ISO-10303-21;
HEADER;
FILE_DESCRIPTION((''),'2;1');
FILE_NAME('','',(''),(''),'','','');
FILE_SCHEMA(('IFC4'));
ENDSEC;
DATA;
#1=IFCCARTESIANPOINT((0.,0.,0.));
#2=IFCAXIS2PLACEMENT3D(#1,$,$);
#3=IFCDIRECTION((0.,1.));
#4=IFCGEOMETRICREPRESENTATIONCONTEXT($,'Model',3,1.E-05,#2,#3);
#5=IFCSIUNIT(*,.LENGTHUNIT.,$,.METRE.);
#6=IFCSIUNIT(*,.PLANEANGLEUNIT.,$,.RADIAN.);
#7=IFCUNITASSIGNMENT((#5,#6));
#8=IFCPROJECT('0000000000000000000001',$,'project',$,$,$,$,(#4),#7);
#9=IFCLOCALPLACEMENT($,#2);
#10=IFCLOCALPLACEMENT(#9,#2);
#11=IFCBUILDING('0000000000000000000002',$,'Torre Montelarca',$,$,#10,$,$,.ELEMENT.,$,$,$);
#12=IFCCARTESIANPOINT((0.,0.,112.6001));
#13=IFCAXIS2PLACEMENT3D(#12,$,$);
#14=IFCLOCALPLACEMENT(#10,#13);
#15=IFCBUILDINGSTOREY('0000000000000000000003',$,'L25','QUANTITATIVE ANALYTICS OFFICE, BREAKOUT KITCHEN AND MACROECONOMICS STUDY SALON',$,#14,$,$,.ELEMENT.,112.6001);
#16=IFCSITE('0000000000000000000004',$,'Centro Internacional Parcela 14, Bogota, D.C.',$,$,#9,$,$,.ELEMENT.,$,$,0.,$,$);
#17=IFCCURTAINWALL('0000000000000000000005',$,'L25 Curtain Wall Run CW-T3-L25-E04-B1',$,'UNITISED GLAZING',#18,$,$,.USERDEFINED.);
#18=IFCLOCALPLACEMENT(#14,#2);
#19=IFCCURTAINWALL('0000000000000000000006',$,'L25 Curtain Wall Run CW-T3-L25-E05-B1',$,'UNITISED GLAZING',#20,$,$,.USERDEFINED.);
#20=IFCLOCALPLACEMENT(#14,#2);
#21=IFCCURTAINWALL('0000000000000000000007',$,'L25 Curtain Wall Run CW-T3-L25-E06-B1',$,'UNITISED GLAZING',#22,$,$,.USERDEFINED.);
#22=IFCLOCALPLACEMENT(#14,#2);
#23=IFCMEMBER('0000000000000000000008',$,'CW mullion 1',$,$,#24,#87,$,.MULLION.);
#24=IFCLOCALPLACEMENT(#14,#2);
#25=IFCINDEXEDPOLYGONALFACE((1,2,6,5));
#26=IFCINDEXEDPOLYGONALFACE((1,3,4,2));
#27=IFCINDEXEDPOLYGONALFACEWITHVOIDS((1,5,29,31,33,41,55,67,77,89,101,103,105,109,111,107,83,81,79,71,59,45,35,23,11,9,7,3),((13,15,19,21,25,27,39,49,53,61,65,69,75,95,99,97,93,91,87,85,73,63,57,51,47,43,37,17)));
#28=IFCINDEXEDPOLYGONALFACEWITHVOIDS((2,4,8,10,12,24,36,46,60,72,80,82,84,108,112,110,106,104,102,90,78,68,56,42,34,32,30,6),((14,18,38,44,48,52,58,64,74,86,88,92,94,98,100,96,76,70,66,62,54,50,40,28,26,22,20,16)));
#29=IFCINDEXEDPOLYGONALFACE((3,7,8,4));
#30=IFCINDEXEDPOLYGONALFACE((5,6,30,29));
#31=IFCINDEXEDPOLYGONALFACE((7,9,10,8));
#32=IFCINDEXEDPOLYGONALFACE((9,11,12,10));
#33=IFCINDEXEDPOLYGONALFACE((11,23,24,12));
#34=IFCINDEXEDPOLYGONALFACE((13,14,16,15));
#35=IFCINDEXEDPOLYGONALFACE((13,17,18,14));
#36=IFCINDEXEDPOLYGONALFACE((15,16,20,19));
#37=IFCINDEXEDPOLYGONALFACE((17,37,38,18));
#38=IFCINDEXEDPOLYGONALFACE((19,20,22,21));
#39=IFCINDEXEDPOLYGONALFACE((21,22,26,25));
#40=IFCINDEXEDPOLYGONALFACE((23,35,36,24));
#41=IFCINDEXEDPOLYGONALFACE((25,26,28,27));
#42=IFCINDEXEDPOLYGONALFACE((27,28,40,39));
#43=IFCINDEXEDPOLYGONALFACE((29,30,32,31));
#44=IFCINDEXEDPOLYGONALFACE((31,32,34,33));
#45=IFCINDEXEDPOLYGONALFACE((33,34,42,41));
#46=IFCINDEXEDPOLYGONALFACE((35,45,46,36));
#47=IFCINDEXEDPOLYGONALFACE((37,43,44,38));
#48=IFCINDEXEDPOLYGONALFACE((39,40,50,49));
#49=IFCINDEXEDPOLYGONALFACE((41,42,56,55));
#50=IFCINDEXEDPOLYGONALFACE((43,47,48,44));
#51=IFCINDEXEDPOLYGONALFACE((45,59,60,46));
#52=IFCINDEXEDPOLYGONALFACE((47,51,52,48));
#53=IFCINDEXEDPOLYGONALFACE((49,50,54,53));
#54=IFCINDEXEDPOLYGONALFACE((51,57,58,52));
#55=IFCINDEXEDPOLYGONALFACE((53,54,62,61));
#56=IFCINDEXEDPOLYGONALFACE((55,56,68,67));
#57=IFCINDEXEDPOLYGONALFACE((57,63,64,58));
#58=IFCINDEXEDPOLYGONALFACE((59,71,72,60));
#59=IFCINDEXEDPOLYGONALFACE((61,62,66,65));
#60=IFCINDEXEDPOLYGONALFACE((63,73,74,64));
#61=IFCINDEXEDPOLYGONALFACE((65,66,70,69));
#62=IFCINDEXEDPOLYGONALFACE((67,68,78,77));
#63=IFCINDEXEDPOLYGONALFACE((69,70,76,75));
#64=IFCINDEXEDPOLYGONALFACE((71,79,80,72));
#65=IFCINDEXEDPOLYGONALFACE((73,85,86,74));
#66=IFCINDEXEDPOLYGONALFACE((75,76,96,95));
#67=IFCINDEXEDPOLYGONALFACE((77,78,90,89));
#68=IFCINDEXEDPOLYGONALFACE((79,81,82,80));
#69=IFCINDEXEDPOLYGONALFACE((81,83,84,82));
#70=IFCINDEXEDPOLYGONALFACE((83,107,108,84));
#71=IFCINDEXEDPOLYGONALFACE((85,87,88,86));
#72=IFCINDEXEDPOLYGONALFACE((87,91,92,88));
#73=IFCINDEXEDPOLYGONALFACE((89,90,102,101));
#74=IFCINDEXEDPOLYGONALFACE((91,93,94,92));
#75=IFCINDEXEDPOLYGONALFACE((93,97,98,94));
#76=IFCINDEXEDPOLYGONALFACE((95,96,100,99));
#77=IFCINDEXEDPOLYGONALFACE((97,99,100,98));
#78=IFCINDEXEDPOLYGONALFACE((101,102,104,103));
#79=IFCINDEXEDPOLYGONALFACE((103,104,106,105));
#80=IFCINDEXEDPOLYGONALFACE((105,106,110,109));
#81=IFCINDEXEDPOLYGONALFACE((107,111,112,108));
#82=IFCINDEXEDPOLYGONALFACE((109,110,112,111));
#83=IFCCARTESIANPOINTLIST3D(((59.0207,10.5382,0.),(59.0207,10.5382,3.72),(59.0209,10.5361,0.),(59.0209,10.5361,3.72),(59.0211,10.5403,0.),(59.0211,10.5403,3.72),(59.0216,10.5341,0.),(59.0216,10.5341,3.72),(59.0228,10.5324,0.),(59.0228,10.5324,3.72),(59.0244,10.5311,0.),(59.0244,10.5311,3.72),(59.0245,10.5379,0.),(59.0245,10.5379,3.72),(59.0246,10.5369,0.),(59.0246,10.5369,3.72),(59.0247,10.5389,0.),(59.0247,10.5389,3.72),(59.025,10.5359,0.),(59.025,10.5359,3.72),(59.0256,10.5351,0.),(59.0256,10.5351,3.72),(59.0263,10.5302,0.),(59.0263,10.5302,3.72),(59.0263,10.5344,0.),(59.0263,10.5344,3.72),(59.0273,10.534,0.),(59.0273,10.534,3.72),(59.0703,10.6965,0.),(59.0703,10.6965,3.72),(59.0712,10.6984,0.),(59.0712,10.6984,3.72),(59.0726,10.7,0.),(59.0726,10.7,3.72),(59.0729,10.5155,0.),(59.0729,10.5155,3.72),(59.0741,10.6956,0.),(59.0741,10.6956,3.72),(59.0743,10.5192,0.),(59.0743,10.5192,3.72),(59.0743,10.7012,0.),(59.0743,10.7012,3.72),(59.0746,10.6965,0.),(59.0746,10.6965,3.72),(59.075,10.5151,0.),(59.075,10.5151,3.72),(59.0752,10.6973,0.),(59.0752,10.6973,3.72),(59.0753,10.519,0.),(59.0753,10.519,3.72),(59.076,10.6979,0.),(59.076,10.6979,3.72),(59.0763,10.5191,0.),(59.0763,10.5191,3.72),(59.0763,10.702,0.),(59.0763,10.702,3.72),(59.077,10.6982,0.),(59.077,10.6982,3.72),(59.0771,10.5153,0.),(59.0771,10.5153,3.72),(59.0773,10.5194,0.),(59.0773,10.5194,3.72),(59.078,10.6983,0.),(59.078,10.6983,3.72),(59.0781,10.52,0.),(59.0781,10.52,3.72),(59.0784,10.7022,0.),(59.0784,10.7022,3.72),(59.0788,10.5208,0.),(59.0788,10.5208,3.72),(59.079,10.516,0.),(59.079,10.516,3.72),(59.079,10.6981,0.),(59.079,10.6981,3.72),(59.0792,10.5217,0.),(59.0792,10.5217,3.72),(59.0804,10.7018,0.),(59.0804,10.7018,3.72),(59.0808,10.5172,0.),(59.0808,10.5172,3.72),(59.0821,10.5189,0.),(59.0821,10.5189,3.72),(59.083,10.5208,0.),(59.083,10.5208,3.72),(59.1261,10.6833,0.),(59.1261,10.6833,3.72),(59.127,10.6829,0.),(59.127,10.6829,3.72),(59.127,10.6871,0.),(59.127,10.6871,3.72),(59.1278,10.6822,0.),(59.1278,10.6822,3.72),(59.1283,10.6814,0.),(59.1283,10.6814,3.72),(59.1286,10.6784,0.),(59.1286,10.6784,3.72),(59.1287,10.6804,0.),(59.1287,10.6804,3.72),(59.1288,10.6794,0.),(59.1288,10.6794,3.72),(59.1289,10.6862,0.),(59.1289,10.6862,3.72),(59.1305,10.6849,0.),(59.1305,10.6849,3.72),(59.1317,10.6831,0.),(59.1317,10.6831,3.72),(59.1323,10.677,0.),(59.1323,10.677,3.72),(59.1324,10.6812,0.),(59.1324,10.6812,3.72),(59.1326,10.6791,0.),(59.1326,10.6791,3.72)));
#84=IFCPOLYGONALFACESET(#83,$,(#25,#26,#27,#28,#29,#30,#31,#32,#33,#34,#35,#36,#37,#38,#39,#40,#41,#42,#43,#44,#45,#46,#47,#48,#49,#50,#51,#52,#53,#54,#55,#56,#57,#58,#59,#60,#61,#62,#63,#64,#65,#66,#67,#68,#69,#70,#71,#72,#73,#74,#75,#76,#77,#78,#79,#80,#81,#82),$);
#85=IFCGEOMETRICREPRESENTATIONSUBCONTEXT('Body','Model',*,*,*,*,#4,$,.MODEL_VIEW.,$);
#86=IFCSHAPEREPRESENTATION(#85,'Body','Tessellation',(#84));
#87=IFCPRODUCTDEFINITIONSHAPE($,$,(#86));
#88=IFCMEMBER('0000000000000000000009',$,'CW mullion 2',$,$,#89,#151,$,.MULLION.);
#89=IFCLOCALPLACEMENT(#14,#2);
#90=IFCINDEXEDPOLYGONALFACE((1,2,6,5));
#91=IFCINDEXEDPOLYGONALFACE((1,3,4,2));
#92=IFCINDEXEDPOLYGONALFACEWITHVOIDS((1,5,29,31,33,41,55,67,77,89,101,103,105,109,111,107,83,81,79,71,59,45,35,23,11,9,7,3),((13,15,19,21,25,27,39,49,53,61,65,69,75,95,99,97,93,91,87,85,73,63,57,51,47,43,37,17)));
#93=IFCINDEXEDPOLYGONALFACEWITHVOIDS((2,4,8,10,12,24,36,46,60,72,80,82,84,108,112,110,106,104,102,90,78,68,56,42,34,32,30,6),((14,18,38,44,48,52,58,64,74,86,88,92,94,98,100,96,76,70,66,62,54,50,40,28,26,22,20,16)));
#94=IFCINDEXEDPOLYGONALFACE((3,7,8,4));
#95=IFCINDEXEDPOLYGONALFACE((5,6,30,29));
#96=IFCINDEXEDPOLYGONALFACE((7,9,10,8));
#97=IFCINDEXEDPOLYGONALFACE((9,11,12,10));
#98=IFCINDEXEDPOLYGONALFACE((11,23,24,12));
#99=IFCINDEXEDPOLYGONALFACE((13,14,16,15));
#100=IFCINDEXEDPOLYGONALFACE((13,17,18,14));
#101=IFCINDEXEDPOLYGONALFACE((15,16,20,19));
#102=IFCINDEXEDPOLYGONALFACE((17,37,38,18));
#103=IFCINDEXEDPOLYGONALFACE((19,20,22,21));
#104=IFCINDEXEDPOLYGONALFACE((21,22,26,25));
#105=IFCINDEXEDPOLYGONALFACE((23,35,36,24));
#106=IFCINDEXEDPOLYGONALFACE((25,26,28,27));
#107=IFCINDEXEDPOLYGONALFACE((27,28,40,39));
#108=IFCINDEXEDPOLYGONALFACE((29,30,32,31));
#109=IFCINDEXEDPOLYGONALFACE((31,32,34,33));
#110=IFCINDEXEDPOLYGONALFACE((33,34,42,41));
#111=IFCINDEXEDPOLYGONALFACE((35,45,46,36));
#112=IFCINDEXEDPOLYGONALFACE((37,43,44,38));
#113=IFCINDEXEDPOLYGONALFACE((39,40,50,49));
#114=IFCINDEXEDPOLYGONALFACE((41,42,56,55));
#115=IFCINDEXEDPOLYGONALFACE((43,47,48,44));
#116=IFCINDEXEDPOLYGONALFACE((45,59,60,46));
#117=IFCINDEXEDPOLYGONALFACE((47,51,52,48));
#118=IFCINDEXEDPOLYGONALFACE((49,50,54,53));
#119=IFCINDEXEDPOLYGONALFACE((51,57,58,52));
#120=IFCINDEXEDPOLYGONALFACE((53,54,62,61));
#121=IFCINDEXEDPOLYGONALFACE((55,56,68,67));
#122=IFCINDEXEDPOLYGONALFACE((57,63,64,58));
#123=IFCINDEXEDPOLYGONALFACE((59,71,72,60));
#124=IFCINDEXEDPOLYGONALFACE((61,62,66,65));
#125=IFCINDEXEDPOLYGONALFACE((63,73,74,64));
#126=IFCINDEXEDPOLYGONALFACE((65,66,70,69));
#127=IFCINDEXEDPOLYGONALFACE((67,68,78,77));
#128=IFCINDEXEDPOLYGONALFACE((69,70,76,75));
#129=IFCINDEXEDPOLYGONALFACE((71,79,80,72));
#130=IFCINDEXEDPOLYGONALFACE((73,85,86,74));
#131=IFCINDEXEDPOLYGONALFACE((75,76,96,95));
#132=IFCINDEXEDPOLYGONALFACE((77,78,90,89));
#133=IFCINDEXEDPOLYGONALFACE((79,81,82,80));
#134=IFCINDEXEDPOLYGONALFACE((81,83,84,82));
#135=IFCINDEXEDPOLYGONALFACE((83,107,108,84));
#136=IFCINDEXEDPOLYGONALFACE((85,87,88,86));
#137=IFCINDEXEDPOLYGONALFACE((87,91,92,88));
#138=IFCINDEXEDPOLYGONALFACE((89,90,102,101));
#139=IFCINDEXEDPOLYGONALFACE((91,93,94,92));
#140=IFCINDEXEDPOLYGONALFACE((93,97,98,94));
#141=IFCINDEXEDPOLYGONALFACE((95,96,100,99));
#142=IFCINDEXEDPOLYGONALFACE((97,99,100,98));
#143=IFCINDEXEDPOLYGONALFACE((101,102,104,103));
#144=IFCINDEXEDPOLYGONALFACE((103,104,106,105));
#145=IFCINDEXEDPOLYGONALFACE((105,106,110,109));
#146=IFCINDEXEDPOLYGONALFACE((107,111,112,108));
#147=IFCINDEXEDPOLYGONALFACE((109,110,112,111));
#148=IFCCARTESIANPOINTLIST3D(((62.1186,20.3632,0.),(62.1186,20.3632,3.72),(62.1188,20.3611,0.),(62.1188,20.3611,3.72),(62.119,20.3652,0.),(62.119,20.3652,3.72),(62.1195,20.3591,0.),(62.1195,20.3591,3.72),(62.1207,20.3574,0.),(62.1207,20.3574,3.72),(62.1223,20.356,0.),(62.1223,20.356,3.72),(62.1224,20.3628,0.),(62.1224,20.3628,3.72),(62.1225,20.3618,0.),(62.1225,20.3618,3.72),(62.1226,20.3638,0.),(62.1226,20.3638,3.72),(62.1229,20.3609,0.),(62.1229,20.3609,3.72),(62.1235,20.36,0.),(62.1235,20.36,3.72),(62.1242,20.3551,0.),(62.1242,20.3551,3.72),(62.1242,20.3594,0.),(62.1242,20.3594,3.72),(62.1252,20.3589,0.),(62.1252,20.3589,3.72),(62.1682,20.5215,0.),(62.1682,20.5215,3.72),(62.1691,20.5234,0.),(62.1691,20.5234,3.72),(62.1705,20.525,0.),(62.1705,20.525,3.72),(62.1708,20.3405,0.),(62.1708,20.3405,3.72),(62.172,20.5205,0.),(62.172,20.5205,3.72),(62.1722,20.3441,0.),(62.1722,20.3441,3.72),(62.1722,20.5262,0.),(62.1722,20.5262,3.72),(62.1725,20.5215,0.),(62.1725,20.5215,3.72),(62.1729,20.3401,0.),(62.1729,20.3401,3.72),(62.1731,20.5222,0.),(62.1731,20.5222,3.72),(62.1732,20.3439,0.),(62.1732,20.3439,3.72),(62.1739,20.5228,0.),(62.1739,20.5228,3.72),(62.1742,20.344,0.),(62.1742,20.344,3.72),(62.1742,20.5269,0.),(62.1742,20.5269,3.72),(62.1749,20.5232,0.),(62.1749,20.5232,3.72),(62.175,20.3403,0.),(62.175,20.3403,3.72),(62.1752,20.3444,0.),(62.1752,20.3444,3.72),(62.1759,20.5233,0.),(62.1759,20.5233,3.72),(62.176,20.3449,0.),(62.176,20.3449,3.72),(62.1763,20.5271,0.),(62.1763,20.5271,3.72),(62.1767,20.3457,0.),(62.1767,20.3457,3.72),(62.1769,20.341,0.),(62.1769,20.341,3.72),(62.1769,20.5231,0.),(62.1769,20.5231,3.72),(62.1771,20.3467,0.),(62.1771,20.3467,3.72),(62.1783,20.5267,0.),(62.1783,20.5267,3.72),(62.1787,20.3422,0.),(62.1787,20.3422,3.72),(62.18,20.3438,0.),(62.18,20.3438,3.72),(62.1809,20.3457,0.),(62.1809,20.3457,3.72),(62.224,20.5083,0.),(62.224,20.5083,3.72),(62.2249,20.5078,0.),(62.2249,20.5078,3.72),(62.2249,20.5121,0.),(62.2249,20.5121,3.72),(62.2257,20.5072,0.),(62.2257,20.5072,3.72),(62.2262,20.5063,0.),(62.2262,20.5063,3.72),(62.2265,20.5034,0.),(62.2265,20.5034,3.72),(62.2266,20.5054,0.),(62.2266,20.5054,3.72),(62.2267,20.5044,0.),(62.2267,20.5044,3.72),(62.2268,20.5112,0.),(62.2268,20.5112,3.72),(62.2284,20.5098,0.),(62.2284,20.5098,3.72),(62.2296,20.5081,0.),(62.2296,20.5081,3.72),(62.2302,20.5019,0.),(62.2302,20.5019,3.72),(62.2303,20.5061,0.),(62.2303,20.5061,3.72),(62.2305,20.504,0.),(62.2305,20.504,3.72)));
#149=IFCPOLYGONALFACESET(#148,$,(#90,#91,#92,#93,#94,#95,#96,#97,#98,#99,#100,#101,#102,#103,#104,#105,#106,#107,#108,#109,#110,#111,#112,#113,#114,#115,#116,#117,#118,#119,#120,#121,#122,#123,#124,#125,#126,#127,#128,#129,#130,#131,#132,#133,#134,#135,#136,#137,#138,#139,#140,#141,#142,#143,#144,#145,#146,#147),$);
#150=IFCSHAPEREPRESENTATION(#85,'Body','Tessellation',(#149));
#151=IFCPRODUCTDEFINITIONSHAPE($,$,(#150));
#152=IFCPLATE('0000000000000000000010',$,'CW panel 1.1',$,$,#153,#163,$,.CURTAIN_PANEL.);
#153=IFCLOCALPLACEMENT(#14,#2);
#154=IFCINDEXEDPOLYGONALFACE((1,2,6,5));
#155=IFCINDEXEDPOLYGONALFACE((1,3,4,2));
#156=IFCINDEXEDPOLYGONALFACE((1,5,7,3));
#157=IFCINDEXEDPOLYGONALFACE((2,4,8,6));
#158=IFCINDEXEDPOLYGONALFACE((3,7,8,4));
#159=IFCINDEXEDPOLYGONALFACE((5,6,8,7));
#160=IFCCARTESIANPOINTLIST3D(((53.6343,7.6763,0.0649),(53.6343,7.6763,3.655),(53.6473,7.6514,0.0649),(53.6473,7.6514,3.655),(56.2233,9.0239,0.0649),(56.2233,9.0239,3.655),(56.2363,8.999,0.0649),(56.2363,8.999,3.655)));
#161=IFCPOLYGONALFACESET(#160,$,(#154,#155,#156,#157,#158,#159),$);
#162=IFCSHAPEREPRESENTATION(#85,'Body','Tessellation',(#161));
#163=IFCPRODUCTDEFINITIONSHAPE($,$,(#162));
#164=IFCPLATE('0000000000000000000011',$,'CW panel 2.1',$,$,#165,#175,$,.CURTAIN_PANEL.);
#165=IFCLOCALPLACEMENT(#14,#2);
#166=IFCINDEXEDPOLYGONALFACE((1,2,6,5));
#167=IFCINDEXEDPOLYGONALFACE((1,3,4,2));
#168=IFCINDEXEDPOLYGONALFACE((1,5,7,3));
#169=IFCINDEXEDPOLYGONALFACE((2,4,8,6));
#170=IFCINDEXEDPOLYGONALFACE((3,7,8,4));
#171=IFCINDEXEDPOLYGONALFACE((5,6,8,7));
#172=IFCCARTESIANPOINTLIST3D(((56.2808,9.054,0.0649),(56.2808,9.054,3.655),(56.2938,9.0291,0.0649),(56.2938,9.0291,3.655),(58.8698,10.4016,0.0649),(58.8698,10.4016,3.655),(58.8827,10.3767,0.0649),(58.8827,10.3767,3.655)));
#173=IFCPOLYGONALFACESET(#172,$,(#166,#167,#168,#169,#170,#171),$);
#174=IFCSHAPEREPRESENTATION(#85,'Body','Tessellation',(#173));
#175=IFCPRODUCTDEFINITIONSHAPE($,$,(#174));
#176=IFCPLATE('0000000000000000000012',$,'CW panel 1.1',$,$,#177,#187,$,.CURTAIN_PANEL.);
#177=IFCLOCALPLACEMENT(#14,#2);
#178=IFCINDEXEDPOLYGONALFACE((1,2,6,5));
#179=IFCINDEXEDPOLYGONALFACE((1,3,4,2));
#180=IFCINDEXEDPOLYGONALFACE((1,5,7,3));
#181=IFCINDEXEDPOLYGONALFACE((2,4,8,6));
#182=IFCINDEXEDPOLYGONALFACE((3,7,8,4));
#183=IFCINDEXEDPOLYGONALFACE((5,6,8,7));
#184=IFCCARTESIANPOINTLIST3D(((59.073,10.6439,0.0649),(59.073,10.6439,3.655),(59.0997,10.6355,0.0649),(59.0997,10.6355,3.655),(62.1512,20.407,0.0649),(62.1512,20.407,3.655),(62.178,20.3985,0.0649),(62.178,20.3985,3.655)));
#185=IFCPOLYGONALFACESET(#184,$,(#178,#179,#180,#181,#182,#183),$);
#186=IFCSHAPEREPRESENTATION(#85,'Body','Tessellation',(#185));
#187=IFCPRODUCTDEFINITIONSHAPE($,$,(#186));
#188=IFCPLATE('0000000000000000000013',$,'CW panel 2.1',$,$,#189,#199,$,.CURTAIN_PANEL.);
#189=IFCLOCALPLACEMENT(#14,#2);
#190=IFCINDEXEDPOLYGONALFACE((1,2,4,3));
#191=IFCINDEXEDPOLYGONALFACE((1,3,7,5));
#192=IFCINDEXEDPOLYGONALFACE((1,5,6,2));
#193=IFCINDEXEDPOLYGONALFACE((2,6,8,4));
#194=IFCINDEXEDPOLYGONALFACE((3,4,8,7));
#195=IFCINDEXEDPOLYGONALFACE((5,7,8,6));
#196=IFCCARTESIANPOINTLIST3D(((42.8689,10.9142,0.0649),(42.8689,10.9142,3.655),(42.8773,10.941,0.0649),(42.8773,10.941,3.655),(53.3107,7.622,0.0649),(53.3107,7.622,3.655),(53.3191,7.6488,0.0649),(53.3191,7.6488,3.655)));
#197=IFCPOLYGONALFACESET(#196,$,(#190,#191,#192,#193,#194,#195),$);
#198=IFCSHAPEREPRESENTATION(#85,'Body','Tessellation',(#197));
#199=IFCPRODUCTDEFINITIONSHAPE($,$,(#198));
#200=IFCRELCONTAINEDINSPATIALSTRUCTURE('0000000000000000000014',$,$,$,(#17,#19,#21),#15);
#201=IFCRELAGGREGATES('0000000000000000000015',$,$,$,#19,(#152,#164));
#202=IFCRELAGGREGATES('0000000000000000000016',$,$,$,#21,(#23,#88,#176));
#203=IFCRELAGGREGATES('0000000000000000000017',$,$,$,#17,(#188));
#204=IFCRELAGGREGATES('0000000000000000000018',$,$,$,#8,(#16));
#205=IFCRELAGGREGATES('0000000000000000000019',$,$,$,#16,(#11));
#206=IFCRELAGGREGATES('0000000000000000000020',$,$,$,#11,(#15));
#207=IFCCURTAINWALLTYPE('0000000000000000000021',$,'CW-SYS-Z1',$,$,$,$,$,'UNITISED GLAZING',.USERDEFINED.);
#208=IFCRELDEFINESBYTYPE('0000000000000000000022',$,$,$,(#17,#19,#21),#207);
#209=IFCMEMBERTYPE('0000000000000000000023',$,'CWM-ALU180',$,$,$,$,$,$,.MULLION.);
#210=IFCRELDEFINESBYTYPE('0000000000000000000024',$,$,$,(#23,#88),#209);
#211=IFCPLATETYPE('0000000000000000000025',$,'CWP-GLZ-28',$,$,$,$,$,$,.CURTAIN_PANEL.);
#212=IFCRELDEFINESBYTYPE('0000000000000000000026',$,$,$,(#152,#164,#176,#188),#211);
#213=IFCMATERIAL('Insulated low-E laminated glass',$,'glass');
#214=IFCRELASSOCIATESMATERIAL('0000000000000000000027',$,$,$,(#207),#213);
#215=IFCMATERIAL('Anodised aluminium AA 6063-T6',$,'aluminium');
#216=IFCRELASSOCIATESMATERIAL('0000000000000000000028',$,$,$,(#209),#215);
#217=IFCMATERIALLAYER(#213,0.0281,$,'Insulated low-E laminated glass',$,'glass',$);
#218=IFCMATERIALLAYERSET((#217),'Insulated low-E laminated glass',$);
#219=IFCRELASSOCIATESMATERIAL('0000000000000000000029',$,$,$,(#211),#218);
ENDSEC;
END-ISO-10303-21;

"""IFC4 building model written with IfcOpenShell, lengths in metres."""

from ifc_helpers import new_model, si_unit, direction, frame, origin, origin_2d, place, context, subcontext, project, spatial, rectangle, hollow_rectangle, extrude, source, transform, mapped, material, layer, layer_set, material_profile, profile_set, type_object, element, aggregate, save


model = new_model("IFC4")

# Units and contexts
model_context = context("Model", 3, precision=1e-05, world=origin(), true_north=direction((0.0, 1.0)))
body_context = subcontext(model_context, "Body", "Model", "MODEL_VIEW")
ifc_project = project(units=[si_unit("LENGTHUNIT", "METRE"), si_unit("PLANEANGLEUNIT", "RADIAN")], contexts=[model_context])

# Site, building, storey
site_placement = place(None, origin())
site = spatial("IfcSite", under=ifc_project, at=site_placement, Name="Centro Internacional Parcela 14, Bogota, D.C.", CompositionType="ELEMENT", RefElevation=0.0)
building_placement = place(site_placement, origin())
building = spatial("IfcBuilding", under=site, at=building_placement, Name="Torre Montelarca", CompositionType="ELEMENT")
storey_placement = place(building_placement, frame((0.0, 0.0, 112.6001)))
storey = spatial("IfcBuildingStorey", under=building, at=storey_placement, Name="L25", Description="QUANTITATIVE ANALYTICS OFFICE, BREAKOUT KITCHEN AND MACROECONOMICS STUDY SALON", CompositionType="ELEMENT", Elevation=112.6001)

# Curtain walls
ifc_material_1 = material(Name="Insulated low-E laminated glass", Category="glass")
curtain_wall_type = type_object("IfcCurtainWallType", Name="CW-SYS-Z1", ElementType="UNITISED GLAZING", PredefinedType="USERDEFINED", material=ifc_material_1)
curtain_wall_1_placement = place(storey_placement, origin())
curtain_wall_1 = element("IfcCurtainWall", 1, at=curtain_wall_1_placement, inside=storey, type_object=curtain_wall_type, Name="L25 Curtain Wall Run CW-T3-L25-E04-B1", ObjectType="UNITISED GLAZING", PredefinedType="USERDEFINED")
ifc_material_2 = material(Name="Anodised aluminium AA 6063-T6", Category="aluminium")
curtain_wall_2_placement = place(storey_placement, origin())
curtain_wall_2 = element("IfcCurtainWall", 2, at=curtain_wall_2_placement, inside=storey, type_object=curtain_wall_type, Name="L25 Curtain Wall Run CW-T3-L25-E05-B1", ObjectType="UNITISED GLAZING", PredefinedType="USERDEFINED")
curtain_wall_3_placement = place(storey_placement, origin())
curtain_wall_3 = element("IfcCurtainWall", 3, at=curtain_wall_3_placement, inside=storey, type_object=curtain_wall_type, Name="L25 Curtain Wall Run CW-T3-L25-E06-B1", ObjectType="UNITISED GLAZING", PredefinedType="USERDEFINED")

# Members
ifc_material_profile_1 = material_profile(ifc_material_2, hollow_rectangle(XDim=0.0649, YDim=0.1799, WallThickness=0.0039, InnerFilletRadius=0.0039, OuterFilletRadius=0.0081, at=origin_2d()), Name="ALU65X180X4", Category="aluminium")
ifc_profile_set_1 = profile_set([ifc_material_profile_1], Name="Anodised aluminium AA 6063-T6")
member_type_1 = type_object("IfcMemberType", Name="CWM-ALU180", PredefinedType="MULLION", material=ifc_profile_set_1)
shared_shape_1 = source(origin(), body_context, "Body", "SweptSolid", [
    extrude(hollow_rectangle(XDim=0.0649, YDim=0.1799, WallThickness=0.0039, InnerFilletRadius=0.0039, OuterFilletRadius=0.0081, at=origin_2d()), origin(), (0.0, 0.0, 1.0), 3.72),
])
member_1_placement = place(storey_placement, frame((59.0767, 10.6086, 0.0), z_axis=(0.0, 0.0, 1.0), x_axis=(-0.953717, 0.300706, 0.0)))
member_1 = element("IfcMember", 4, at=member_1_placement, type_object=member_type_1, Name="CW mullion 1", PredefinedType="MULLION", context=body_context, shape_type="MappedRepresentation", body=[
    mapped(shared_shape_1, transform((0.0, 0.0, 0.0), scale=1.0)),
])
member_2_placement = place(storey_placement, frame((62.1746, 20.4336, 0.0), z_axis=(0.0, 0.0, 1.0), x_axis=(-0.953717, 0.300706, 0.0)))
member_2 = element("IfcMember", 5, at=member_2_placement, type_object=member_type_1, Name="CW mullion 2", PredefinedType="MULLION", context=body_context, shape_type="MappedRepresentation", body=[
    mapped(shared_shape_1, transform((0.0, 0.0, 0.0), scale=1.0)),
])

# Plates
ifc_layer_1 = layer(ifc_material_1, 0.0281, Name="Insulated low-E laminated glass", Category="glass")
ifc_layer_set_1 = layer_set([ifc_layer_1], Name="Insulated low-E laminated glass")
plate_type = type_object("IfcPlateType", Name="CWP-GLZ-28", PredefinedType="CURTAIN_PANEL", material=ifc_layer_set_1)
shared_shape_2 = source(origin(), body_context, "Body", "SweptSolid", [
    extrude(rectangle(XDim=2.9187, YDim=0.0281, at=origin_2d()), origin(), (0.0, 0.0, 1.0), 3.5901),
])
plate_1_placement = place(storey_placement, frame((54.9353, 8.3376, 0.0649), z_axis=(0.0, 0.0, 1.0), x_axis=(0.887021, 0.461729, 0.0)))
plate_1 = element("IfcPlate", 6, at=plate_1_placement, type_object=plate_type, Name="CW panel 1.1", PredefinedType="CURTAIN_PANEL", context=body_context, shape_type="MappedRepresentation", body=[
    mapped(shared_shape_2, transform((0.0, 0.0, 0.0), scale=1.0)),
])
plate_2_placement = place(storey_placement, frame((57.5818, 9.7153, 0.0649), z_axis=(0.0, 0.0, 1.0), x_axis=(0.887021, 0.461729, 0.0)))
plate_2 = element("IfcPlate", 7, at=plate_2_placement, type_object=plate_type, Name="CW panel 2.1", PredefinedType="CURTAIN_PANEL", context=body_context, shape_type="MappedRepresentation", body=[
    mapped(shared_shape_2, transform((0.0, 0.0, 0.0), scale=1.0)),
])
aggregate(curtain_wall_2, [plate_1, plate_2])
shared_shape_3 = source(origin(), body_context, "Body", "SweptSolid", [
    extrude(rectangle(XDim=10.2368, YDim=0.0281, at=origin_2d()), origin(), (0.0, 0.0, 1.0), 3.5901),
])
plate_3_placement = place(storey_placement, frame((60.6255, 15.5212, 0.0649), z_axis=(0.0, 0.0, 1.0), x_axis=(0.300706, 0.953717, 0.0)))
plate_3 = element("IfcPlate", 8, at=plate_3_placement, type_object=plate_type, Name="CW panel 1.1", PredefinedType="CURTAIN_PANEL", context=body_context, shape_type="MappedRepresentation", body=[
    mapped(shared_shape_3, transform((0.0, 0.0, 0.0), scale=1.0)),
])
aggregate(curtain_wall_3, [member_1, member_2, plate_3])
shared_shape_4 = source(origin(), body_context, "Body", "SweptSolid", [
    extrude(rectangle(XDim=10.9485, YDim=0.0281, at=origin_2d()), origin(), (0.0, 0.0, 1.0), 3.5901),
])
plate_4_placement = place(storey_placement, frame((48.094, 9.2815, 0.0649), z_axis=(0.0, 0.0, 1.0), x_axis=(0.953719, -0.300701, 0.0)))
plate_4 = element("IfcPlate", 9, at=plate_4_placement, type_object=plate_type, Name="CW panel 2.1", PredefinedType="CURTAIN_PANEL", context=body_context, shape_type="MappedRepresentation", body=[
    mapped(shared_shape_4, transform((0.0, 0.0, 0.0), scale=1.0)),
])
aggregate(curtain_wall_1, [plate_4])

save(model, "model.ifc")
